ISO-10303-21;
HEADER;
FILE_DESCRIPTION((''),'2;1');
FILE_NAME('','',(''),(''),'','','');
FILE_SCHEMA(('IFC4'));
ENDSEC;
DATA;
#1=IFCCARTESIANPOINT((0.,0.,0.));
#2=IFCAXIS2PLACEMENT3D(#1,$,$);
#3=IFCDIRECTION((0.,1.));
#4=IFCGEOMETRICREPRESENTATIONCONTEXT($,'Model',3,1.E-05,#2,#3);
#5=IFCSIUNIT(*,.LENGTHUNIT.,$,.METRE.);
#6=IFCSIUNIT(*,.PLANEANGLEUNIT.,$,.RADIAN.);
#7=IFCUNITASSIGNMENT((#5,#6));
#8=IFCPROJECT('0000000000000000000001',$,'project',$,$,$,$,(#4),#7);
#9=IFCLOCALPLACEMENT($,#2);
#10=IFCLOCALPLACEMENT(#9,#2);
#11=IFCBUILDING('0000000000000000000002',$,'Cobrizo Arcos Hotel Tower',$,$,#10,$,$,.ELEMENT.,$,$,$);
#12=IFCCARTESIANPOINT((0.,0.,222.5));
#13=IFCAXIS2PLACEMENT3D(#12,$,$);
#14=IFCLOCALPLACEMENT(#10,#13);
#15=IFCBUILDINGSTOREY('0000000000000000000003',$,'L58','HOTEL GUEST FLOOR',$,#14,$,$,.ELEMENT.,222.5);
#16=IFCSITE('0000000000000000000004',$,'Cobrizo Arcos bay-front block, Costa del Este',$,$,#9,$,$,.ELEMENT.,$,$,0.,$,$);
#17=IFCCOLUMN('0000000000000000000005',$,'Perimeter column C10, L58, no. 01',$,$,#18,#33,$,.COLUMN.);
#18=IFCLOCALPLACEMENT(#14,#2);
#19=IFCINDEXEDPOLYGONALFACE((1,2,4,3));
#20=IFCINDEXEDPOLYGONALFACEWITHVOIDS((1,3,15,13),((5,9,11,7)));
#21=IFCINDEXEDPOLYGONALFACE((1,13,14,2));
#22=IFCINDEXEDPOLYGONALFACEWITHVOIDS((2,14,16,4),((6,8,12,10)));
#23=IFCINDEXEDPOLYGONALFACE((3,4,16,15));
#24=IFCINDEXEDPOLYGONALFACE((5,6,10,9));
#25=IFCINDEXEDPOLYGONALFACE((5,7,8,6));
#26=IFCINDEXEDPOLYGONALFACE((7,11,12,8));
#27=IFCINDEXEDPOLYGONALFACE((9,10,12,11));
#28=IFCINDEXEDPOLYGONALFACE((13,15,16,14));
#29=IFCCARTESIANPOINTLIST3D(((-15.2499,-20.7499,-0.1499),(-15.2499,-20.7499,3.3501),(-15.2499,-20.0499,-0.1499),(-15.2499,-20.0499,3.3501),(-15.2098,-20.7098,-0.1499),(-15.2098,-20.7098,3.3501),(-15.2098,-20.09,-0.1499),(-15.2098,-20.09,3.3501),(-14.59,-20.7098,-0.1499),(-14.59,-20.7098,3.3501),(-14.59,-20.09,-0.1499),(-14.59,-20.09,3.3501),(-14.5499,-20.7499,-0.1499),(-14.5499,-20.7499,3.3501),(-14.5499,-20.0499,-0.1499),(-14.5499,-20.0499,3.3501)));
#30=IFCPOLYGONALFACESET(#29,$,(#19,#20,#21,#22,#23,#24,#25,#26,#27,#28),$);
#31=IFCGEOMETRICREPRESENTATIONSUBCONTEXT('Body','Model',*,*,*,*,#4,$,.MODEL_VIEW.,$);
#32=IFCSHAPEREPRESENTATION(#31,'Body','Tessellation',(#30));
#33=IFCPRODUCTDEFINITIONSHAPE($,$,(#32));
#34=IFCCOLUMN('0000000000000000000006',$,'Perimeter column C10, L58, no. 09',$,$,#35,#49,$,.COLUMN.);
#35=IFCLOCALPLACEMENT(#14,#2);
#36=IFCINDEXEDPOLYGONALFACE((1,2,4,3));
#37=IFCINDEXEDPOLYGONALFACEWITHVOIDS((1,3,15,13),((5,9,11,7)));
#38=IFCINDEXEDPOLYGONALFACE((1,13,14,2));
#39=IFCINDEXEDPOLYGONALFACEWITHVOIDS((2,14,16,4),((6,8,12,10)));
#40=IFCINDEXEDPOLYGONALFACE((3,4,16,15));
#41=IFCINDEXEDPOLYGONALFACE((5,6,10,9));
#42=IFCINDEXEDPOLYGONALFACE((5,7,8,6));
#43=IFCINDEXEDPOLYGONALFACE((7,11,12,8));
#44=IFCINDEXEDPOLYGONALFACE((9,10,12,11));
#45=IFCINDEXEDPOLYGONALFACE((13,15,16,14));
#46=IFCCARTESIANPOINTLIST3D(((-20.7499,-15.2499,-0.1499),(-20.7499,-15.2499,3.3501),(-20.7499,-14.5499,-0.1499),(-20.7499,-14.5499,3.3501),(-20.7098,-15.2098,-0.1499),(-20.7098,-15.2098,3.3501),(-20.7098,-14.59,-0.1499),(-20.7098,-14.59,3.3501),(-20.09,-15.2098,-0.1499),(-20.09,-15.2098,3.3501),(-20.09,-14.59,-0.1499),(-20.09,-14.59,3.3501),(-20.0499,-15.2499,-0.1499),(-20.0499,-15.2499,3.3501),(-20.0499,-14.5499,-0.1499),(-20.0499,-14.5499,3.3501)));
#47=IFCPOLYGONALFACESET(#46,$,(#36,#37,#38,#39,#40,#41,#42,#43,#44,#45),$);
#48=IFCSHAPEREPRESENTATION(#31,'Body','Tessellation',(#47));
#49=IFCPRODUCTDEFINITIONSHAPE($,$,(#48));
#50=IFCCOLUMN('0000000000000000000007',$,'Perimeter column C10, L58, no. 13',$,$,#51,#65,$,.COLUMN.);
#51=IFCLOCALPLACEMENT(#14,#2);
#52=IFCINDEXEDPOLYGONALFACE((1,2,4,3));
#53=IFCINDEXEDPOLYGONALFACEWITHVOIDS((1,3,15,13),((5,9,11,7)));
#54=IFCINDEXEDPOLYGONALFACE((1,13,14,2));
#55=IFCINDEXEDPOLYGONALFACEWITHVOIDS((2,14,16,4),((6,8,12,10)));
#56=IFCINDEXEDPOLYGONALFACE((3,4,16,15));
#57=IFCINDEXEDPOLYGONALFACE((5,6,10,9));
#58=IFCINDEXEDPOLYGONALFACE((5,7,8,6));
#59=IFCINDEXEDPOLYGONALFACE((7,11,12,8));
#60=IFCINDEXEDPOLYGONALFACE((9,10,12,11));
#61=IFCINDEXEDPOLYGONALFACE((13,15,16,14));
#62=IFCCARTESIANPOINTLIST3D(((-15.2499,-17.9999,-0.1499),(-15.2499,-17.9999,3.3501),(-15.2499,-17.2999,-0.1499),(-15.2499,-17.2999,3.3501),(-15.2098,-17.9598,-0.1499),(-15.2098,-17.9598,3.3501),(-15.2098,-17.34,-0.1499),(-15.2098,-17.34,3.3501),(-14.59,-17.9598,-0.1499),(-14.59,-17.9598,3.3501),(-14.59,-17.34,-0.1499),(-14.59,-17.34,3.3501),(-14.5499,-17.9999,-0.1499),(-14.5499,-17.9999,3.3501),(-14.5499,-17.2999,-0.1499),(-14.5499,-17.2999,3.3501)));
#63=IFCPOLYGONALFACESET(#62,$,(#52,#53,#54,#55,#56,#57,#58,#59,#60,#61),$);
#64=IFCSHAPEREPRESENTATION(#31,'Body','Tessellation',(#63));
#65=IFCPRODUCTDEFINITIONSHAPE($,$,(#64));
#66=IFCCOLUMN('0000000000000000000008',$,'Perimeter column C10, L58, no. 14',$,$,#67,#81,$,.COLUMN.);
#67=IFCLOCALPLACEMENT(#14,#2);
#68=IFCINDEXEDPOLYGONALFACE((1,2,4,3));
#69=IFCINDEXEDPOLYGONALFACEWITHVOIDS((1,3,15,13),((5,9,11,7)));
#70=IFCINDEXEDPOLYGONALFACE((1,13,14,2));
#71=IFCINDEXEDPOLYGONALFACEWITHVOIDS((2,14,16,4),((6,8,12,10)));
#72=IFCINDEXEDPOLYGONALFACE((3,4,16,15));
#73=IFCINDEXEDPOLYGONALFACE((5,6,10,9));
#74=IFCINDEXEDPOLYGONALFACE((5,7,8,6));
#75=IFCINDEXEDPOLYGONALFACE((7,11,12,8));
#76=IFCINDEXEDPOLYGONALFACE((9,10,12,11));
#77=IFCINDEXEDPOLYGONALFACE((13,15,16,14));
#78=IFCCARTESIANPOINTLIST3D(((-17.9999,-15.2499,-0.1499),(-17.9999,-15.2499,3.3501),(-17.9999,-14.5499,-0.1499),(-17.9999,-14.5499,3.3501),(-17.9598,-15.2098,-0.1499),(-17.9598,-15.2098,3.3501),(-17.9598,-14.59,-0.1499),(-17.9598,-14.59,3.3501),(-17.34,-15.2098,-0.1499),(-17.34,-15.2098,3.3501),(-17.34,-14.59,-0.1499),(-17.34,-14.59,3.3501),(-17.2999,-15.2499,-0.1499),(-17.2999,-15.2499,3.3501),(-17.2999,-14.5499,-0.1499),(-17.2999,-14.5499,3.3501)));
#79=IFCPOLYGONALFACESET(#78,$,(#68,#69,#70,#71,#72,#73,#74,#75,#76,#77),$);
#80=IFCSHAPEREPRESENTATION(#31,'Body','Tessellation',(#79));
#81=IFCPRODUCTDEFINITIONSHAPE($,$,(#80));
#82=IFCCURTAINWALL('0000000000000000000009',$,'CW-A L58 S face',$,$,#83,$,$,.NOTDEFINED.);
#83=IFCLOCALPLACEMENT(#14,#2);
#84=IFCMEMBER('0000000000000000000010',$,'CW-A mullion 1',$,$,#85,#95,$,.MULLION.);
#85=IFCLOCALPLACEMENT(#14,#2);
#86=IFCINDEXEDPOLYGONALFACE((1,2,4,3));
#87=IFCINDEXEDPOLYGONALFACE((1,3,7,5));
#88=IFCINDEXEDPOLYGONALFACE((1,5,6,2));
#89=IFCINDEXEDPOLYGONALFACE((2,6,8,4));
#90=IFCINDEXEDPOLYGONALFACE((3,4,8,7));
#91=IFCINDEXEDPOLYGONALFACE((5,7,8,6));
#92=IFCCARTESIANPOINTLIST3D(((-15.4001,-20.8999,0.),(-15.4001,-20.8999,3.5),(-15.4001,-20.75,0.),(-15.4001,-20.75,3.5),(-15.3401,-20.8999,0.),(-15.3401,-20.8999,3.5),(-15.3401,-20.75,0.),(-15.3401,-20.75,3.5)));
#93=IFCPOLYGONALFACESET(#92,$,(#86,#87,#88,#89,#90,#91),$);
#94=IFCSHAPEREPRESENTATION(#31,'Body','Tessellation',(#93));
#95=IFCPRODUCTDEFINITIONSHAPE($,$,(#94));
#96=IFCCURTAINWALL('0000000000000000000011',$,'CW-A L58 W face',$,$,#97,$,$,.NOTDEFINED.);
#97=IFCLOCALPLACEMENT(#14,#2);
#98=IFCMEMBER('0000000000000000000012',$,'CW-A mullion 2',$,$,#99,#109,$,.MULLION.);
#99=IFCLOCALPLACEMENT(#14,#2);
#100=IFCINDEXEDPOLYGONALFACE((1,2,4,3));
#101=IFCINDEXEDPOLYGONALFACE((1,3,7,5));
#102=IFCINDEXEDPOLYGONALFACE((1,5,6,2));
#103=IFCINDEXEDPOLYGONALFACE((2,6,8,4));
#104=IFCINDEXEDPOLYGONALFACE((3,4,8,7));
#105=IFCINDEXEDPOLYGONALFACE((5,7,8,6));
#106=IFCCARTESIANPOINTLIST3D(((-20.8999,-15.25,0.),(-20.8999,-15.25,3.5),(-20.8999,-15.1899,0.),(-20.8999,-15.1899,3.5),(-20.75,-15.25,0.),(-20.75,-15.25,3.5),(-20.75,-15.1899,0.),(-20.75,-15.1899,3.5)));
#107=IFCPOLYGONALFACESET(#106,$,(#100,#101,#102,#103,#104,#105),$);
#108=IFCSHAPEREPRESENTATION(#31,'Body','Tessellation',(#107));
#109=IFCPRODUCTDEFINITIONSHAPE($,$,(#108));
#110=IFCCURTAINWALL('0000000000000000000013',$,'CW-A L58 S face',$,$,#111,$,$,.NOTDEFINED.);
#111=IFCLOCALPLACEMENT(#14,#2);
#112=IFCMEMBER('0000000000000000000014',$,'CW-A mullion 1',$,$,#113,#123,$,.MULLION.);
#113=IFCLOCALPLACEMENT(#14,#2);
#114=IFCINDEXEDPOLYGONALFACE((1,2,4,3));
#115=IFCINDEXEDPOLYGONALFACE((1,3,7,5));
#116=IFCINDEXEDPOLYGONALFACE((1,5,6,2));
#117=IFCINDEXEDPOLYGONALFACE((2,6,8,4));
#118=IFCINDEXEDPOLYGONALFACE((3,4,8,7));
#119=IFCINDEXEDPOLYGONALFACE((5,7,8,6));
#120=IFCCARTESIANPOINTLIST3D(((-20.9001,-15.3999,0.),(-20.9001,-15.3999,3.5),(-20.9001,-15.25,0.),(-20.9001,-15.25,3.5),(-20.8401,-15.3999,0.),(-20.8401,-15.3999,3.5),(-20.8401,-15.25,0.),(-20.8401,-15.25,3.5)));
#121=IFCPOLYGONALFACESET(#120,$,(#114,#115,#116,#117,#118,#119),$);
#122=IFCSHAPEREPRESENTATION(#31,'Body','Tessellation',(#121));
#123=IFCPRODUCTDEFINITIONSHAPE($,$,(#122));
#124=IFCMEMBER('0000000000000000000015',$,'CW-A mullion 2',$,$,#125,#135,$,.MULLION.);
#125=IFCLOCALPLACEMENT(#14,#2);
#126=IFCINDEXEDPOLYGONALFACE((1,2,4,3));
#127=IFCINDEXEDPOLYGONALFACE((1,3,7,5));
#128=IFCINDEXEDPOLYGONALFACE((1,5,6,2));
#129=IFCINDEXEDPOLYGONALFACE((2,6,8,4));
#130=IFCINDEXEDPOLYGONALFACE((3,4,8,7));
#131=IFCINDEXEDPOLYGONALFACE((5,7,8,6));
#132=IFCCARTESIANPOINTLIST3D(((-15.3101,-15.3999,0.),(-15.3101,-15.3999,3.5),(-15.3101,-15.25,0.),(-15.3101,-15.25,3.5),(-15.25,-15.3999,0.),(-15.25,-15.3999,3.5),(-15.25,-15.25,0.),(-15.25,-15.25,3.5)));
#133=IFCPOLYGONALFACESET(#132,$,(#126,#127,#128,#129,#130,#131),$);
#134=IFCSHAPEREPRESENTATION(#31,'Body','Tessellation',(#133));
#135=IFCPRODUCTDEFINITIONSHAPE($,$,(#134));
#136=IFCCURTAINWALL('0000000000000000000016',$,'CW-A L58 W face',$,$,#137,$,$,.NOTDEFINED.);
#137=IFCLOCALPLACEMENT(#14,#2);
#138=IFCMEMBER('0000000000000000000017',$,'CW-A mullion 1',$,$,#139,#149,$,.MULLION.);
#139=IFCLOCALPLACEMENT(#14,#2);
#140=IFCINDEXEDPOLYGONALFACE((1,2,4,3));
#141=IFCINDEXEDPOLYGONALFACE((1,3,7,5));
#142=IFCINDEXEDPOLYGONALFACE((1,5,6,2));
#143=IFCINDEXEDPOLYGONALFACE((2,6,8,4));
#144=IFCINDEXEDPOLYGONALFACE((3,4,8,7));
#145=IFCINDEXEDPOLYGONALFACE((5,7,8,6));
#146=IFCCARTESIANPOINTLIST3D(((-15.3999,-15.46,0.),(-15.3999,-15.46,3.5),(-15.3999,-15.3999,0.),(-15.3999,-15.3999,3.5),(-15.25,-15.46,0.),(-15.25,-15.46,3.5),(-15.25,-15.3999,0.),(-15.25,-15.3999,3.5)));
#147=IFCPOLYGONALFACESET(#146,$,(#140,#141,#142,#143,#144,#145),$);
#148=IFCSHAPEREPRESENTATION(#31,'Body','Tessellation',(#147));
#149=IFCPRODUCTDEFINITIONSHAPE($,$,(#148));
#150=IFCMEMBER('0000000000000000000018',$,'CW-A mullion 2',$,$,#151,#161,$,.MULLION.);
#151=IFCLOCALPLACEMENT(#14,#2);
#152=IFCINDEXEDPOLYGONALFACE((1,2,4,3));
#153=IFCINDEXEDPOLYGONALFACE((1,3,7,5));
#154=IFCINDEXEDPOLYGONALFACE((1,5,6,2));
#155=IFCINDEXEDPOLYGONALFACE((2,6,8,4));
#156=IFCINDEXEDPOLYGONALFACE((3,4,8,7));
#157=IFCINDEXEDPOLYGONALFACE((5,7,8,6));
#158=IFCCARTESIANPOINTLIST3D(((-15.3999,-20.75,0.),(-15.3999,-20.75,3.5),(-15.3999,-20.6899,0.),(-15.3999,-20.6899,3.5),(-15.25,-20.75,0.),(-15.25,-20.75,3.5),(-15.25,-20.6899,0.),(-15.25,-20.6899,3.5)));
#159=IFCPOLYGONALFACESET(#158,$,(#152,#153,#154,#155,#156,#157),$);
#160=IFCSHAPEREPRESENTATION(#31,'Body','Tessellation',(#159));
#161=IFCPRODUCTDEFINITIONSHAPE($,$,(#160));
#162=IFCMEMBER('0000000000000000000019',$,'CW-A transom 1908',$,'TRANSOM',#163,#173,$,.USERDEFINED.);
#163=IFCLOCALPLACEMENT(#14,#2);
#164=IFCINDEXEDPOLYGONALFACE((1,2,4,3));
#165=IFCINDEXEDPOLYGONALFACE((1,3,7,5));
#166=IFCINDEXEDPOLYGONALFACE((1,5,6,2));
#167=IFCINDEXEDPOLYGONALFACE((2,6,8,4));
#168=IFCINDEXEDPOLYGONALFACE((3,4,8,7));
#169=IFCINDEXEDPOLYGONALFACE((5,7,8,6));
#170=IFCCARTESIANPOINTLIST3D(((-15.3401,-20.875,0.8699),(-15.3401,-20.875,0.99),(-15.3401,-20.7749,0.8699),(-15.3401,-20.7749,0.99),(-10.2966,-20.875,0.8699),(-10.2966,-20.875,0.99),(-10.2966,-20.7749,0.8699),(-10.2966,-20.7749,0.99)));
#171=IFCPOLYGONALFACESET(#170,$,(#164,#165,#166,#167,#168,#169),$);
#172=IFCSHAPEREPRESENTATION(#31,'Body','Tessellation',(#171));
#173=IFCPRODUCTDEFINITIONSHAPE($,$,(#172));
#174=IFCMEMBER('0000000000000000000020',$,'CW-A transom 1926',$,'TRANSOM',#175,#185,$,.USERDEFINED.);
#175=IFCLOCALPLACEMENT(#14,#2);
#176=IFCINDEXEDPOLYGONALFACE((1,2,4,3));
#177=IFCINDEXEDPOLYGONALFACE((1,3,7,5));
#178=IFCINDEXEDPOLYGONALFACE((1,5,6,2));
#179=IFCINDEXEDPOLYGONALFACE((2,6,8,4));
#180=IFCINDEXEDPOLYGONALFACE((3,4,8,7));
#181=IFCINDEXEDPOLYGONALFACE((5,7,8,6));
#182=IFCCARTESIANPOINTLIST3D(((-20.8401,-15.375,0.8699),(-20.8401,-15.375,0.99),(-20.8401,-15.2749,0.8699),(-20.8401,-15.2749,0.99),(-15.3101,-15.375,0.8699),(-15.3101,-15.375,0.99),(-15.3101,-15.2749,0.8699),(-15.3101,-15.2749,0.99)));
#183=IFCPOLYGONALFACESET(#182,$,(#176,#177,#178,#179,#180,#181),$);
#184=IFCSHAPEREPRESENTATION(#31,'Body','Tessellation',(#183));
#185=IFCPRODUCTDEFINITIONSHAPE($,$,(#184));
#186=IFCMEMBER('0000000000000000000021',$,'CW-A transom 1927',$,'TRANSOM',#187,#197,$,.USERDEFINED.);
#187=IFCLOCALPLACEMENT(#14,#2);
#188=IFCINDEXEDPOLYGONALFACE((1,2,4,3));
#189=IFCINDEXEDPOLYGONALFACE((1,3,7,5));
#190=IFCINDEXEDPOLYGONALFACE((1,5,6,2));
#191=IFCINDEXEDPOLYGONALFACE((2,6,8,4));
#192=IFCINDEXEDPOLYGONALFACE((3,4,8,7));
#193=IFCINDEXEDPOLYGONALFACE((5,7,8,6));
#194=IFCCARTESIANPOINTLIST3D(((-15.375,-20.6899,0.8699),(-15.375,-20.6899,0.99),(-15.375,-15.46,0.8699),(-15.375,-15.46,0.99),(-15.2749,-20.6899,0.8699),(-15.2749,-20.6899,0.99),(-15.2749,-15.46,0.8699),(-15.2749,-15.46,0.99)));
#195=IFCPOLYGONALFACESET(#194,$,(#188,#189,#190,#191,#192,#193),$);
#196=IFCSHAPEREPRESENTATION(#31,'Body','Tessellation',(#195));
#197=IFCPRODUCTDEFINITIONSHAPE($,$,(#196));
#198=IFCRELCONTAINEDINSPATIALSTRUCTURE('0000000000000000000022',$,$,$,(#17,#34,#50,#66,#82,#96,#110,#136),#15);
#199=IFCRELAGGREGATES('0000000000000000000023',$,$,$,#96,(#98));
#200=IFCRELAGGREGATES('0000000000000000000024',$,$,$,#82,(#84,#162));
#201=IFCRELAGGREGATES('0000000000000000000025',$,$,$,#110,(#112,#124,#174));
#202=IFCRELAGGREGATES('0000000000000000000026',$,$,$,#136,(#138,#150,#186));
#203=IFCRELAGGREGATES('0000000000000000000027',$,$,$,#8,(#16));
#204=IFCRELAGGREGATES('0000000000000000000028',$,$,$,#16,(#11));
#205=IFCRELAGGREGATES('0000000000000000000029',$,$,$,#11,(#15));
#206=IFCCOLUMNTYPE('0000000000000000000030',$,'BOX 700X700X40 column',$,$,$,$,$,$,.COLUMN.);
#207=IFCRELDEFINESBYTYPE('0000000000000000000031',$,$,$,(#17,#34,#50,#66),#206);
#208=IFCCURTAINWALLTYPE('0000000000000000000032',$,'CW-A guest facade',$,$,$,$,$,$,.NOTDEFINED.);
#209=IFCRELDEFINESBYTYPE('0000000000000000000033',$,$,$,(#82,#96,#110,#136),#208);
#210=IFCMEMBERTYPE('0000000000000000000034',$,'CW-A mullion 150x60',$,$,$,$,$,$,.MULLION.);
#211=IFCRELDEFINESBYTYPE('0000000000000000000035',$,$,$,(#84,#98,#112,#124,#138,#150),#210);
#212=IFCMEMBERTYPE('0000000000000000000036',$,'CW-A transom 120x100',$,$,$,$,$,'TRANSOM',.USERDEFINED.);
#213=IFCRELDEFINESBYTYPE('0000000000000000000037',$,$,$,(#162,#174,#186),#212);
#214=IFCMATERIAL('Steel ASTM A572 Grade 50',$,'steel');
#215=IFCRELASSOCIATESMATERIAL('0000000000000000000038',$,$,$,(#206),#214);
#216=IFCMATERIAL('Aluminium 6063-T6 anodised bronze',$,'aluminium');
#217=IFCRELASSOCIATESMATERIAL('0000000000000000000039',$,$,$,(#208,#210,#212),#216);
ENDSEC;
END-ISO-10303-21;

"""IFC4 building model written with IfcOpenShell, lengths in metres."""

from ifc_helpers import new_model, si_unit, direction, frame, origin, origin_2d, place, context, subcontext, project, spatial, rectangle, hollow_rectangle, extrude, material, material_profile, profile_set, type_object, element, aggregate, save


model = new_model("IFC4")

# Units and contexts
model_context = context("Model", 3, precision=1e-05, world=origin(), true_north=direction((0.0, 1.0)))
body_context = subcontext(model_context, "Body", "Model", "MODEL_VIEW")
ifc_project = project(units=[si_unit("LENGTHUNIT", "METRE"), si_unit("PLANEANGLEUNIT", "RADIAN")], contexts=[model_context])

# Site, building, storey
site_placement = place(None, origin())
site = spatial("IfcSite", under=ifc_project, at=site_placement, Name="Cobrizo Arcos bay-front block, Costa del Este", CompositionType="ELEMENT", RefElevation=0.0)
building_placement = place(site_placement, origin())
building = spatial("IfcBuilding", under=site, at=building_placement, Name="Cobrizo Arcos Hotel Tower", CompositionType="ELEMENT")
storey_placement = place(building_placement, frame((0.0, 0.0, 222.5)))
storey = spatial("IfcBuildingStorey", under=building, at=storey_placement, Name="L58", Description="HOTEL GUEST FLOOR", CompositionType="ELEMENT", Elevation=222.5)

# Columns
ifc_material_1 = material(Name="Steel ASTM A572 Grade 50", Category="steel")
ifc_material_profile_1 = material_profile(ifc_material_1, hollow_rectangle(XDim=0.7, YDim=0.7, WallThickness=0.04, at=origin_2d()), Name="BOX 700X700X40")
ifc_profile_set_1 = profile_set([ifc_material_profile_1], Name="Steel ASTM A572 Grade 50")
column_type = type_object("IfcColumnType", Name="BOX 700X700X40 column", PredefinedType="COLUMN", material=ifc_profile_set_1)
for number, where, z_axis, x_axis, name in (
    (1, (-14.8999, -20.3999, -0.1499), (0.0, 0.0, 1.0), (1.0, 0.0, 0.0), "Perimeter column C10, L58, no. 01"),
    (2, (-20.3999, -14.8999, -0.1499), (0.0, 0.0, 1.0), (1.0, 0.0, 0.0), "Perimeter column C10, L58, no. 09"),
    (3, (-14.8999, -17.6499, -0.1499), (0.0, 0.0, 1.0), (1.0, 0.0, 0.0), "Perimeter column C10, L58, no. 13"),
    (4, (-17.6499, -14.8999, -0.1499), (0.0, 0.0, 1.0), (1.0, 0.0, 0.0), "Perimeter column C10, L58, no. 14"),
):
    element("IfcColumn", number, at=place(storey_placement, frame(where, z_axis=z_axis, x_axis=x_axis)), inside=storey, type_object=column_type, Name=name, PredefinedType="COLUMN", context=body_context, shape_type="SweptSolid", body=[
        extrude(hollow_rectangle(XDim=0.7, YDim=0.7, WallThickness=0.04, at=origin_2d()), origin(), (0.0, 0.0, 1.0), 3.5),
    ])

# Curtain walls, members
ifc_material_2 = material(Name="Aluminium 6063-T6 anodised bronze", Category="aluminium")
curtain_wall_type = type_object("IfcCurtainWallType", Name="CW-A guest facade", PredefinedType="NOTDEFINED", material=ifc_material_2)
curtain_wall_1_placement = place(storey_placement, origin())
curtain_wall_1 = element("IfcCurtainWall", 5, at=curtain_wall_1_placement, inside=storey, type_object=curtain_wall_type, Name="CW-A L58 S face", PredefinedType="NOTDEFINED")
ifc_material_profile_2 = material_profile(ifc_material_2, rectangle(XDim=0.1499, YDim=0.0601, at=origin_2d()), Name="CW-A mullion 150x60")
ifc_profile_set_2 = profile_set([ifc_material_profile_2], Name="Aluminium 6063-T6 anodised bronze")
member_type_1 = type_object("IfcMemberType", Name="CW-A mullion 150x60", PredefinedType="MULLION", material=ifc_profile_set_2)
member_1_placement = place(storey_placement, frame((-15.3701, -20.825, 0.0), z_axis=(0.0, 0.0, 1.0), x_axis=(0.0, -1.0, 0.0)))
member_1 = element("IfcMember", 6, at=member_1_placement, type_object=member_type_1, Name="CW-A mullion 1", PredefinedType="MULLION", context=body_context, shape_type="SweptSolid", body=[
    extrude(rectangle(XDim=0.1499, YDim=0.0601, at=origin_2d()), origin(), (0.0, 0.0, 1.0), 3.5),
])
curtain_wall_2_placement = place(storey_placement, origin())
curtain_wall_2 = element("IfcCurtainWall", 7, at=curtain_wall_2_placement, inside=storey, type_object=curtain_wall_type, Name="CW-A L58 W face", PredefinedType="NOTDEFINED")
member_2_placement = place(storey_placement, frame((-20.825, -15.22, 0.0), z_axis=(0.0, 0.0, 1.0), x_axis=(-1.0, 0.0, 0.0)))
member_2 = element("IfcMember", 8, at=member_2_placement, type_object=member_type_1, Name="CW-A mullion 2", PredefinedType="MULLION", context=body_context, shape_type="SweptSolid", body=[
    extrude(rectangle(XDim=0.1499, YDim=0.0601, at=origin_2d()), origin(), (0.0, 0.0, 1.0), 3.5),
])
aggregate(curtain_wall_2, [member_2])

# Curtain walls, members
curtain_wall_3_placement = place(storey_placement, origin())
curtain_wall_3 = element("IfcCurtainWall", 9, at=curtain_wall_3_placement, inside=storey, type_object=curtain_wall_type, Name="CW-A L58 S face", PredefinedType="NOTDEFINED")
member_3_placement = place(storey_placement, frame((-20.8701, -15.325, 0.0), z_axis=(0.0, 0.0, 1.0), x_axis=(0.0, -1.0, 0.0)))
member_3 = element("IfcMember", 10, at=member_3_placement, type_object=member_type_1, Name="CW-A mullion 1", PredefinedType="MULLION", context=body_context, shape_type="SweptSolid", body=[
    extrude(rectangle(XDim=0.1499, YDim=0.0601, at=origin_2d()), origin(), (0.0, 0.0, 1.0), 3.5),
])
member_4_placement = place(storey_placement, frame((-15.28, -15.325, 0.0), z_axis=(0.0, 0.0, 1.0), x_axis=(0.0, -1.0, 0.0)))
member_4 = element("IfcMember", 11, at=member_4_placement, type_object=member_type_1, Name="CW-A mullion 2", PredefinedType="MULLION", context=body_context, shape_type="SweptSolid", body=[
    extrude(rectangle(XDim=0.1499, YDim=0.0601, at=origin_2d()), origin(), (0.0, 0.0, 1.0), 3.5),
])
curtain_wall_4_placement = place(storey_placement, origin())
curtain_wall_4 = element("IfcCurtainWall", 12, at=curtain_wall_4_placement, inside=storey, type_object=curtain_wall_type, Name="CW-A L58 W face", PredefinedType="NOTDEFINED")
member_5_placement = place(storey_placement, frame((-15.325, -15.4299, 0.0), z_axis=(0.0, 0.0, 1.0), x_axis=(-1.0, 0.0, 0.0)))
member_5 = element("IfcMember", 13, at=member_5_placement, type_object=member_type_1, Name="CW-A mullion 1", PredefinedType="MULLION", context=body_context, shape_type="SweptSolid", body=[
    extrude(rectangle(XDim=0.1499, YDim=0.0601, at=origin_2d()), origin(), (0.0, 0.0, 1.0), 3.5),
])
member_6_placement = place(storey_placement, frame((-15.325, -20.72, 0.0), z_axis=(0.0, 0.0, 1.0), x_axis=(-1.0, 0.0, 0.0)))
member_6 = element("IfcMember", 14, at=member_6_placement, type_object=member_type_1, Name="CW-A mullion 2", PredefinedType="MULLION", context=body_context, shape_type="SweptSolid", body=[
    extrude(rectangle(XDim=0.1499, YDim=0.0601, at=origin_2d()), origin(), (0.0, 0.0, 1.0), 3.5),
])

# Members
ifc_material_profile_3 = material_profile(ifc_material_2, rectangle(XDim=0.1001, YDim=0.1201, at=origin_2d()), Name="CW-A transom 120x100")
ifc_profile_set_3 = profile_set([ifc_material_profile_3], Name="Aluminium 6063-T6 anodised bronze")
member_type_2 = type_object("IfcMemberType", Name="CW-A transom 120x100", ElementType="TRANSOM", PredefinedType="USERDEFINED", material=ifc_profile_set_3)
member_7_placement = place(storey_placement, frame((-15.3401, -20.825, 0.9299), z_axis=(1.0, 0.0, 0.0), x_axis=(0.0, 1.0, 0.0)))
member_7 = element("IfcMember", 15, at=member_7_placement, type_object=member_type_2, Name="CW-A transom 1908", ObjectType="TRANSOM", PredefinedType="USERDEFINED", context=body_context, shape_type="SweptSolid", body=[
    extrude(rectangle(XDim=0.1001, YDim=0.1201, at=origin_2d()), origin(), (0.0, 0.0, 1.0), 5.0435),
])
aggregate(curtain_wall_1, [member_1, member_7])
member_8_placement = place(storey_placement, frame((-20.8401, -15.325, 0.9299), z_axis=(1.0, 0.0, 0.0), x_axis=(0.0, 1.0, 0.0)))
member_8 = element("IfcMember", 16, at=member_8_placement, type_object=member_type_2, Name="CW-A transom 1926", ObjectType="TRANSOM", PredefinedType="USERDEFINED", context=body_context, shape_type="SweptSolid", body=[
    extrude(rectangle(XDim=0.1001, YDim=0.1201, at=origin_2d()), origin(), (0.0, 0.0, 1.0), 5.53),
])
member_9_placement = place(storey_placement, frame((-15.325, -15.46, 0.9299), z_axis=(0.0, -1.0, 0.0), x_axis=(1.0, 0.0, 0.0)))
member_9 = element("IfcMember", 17, at=member_9_placement, type_object=member_type_2, Name="CW-A transom 1927", ObjectType="TRANSOM", PredefinedType="USERDEFINED", context=body_context, shape_type="SweptSolid", body=[
    extrude(rectangle(XDim=0.1001, YDim=0.1201, at=origin_2d()), origin(), (0.0, 0.0, 1.0), 5.23),
])

aggregate(curtain_wall_3, [member_3, member_4, member_8])
aggregate(curtain_wall_4, [member_5, member_6, member_9])

save(model, "model.ifc")
